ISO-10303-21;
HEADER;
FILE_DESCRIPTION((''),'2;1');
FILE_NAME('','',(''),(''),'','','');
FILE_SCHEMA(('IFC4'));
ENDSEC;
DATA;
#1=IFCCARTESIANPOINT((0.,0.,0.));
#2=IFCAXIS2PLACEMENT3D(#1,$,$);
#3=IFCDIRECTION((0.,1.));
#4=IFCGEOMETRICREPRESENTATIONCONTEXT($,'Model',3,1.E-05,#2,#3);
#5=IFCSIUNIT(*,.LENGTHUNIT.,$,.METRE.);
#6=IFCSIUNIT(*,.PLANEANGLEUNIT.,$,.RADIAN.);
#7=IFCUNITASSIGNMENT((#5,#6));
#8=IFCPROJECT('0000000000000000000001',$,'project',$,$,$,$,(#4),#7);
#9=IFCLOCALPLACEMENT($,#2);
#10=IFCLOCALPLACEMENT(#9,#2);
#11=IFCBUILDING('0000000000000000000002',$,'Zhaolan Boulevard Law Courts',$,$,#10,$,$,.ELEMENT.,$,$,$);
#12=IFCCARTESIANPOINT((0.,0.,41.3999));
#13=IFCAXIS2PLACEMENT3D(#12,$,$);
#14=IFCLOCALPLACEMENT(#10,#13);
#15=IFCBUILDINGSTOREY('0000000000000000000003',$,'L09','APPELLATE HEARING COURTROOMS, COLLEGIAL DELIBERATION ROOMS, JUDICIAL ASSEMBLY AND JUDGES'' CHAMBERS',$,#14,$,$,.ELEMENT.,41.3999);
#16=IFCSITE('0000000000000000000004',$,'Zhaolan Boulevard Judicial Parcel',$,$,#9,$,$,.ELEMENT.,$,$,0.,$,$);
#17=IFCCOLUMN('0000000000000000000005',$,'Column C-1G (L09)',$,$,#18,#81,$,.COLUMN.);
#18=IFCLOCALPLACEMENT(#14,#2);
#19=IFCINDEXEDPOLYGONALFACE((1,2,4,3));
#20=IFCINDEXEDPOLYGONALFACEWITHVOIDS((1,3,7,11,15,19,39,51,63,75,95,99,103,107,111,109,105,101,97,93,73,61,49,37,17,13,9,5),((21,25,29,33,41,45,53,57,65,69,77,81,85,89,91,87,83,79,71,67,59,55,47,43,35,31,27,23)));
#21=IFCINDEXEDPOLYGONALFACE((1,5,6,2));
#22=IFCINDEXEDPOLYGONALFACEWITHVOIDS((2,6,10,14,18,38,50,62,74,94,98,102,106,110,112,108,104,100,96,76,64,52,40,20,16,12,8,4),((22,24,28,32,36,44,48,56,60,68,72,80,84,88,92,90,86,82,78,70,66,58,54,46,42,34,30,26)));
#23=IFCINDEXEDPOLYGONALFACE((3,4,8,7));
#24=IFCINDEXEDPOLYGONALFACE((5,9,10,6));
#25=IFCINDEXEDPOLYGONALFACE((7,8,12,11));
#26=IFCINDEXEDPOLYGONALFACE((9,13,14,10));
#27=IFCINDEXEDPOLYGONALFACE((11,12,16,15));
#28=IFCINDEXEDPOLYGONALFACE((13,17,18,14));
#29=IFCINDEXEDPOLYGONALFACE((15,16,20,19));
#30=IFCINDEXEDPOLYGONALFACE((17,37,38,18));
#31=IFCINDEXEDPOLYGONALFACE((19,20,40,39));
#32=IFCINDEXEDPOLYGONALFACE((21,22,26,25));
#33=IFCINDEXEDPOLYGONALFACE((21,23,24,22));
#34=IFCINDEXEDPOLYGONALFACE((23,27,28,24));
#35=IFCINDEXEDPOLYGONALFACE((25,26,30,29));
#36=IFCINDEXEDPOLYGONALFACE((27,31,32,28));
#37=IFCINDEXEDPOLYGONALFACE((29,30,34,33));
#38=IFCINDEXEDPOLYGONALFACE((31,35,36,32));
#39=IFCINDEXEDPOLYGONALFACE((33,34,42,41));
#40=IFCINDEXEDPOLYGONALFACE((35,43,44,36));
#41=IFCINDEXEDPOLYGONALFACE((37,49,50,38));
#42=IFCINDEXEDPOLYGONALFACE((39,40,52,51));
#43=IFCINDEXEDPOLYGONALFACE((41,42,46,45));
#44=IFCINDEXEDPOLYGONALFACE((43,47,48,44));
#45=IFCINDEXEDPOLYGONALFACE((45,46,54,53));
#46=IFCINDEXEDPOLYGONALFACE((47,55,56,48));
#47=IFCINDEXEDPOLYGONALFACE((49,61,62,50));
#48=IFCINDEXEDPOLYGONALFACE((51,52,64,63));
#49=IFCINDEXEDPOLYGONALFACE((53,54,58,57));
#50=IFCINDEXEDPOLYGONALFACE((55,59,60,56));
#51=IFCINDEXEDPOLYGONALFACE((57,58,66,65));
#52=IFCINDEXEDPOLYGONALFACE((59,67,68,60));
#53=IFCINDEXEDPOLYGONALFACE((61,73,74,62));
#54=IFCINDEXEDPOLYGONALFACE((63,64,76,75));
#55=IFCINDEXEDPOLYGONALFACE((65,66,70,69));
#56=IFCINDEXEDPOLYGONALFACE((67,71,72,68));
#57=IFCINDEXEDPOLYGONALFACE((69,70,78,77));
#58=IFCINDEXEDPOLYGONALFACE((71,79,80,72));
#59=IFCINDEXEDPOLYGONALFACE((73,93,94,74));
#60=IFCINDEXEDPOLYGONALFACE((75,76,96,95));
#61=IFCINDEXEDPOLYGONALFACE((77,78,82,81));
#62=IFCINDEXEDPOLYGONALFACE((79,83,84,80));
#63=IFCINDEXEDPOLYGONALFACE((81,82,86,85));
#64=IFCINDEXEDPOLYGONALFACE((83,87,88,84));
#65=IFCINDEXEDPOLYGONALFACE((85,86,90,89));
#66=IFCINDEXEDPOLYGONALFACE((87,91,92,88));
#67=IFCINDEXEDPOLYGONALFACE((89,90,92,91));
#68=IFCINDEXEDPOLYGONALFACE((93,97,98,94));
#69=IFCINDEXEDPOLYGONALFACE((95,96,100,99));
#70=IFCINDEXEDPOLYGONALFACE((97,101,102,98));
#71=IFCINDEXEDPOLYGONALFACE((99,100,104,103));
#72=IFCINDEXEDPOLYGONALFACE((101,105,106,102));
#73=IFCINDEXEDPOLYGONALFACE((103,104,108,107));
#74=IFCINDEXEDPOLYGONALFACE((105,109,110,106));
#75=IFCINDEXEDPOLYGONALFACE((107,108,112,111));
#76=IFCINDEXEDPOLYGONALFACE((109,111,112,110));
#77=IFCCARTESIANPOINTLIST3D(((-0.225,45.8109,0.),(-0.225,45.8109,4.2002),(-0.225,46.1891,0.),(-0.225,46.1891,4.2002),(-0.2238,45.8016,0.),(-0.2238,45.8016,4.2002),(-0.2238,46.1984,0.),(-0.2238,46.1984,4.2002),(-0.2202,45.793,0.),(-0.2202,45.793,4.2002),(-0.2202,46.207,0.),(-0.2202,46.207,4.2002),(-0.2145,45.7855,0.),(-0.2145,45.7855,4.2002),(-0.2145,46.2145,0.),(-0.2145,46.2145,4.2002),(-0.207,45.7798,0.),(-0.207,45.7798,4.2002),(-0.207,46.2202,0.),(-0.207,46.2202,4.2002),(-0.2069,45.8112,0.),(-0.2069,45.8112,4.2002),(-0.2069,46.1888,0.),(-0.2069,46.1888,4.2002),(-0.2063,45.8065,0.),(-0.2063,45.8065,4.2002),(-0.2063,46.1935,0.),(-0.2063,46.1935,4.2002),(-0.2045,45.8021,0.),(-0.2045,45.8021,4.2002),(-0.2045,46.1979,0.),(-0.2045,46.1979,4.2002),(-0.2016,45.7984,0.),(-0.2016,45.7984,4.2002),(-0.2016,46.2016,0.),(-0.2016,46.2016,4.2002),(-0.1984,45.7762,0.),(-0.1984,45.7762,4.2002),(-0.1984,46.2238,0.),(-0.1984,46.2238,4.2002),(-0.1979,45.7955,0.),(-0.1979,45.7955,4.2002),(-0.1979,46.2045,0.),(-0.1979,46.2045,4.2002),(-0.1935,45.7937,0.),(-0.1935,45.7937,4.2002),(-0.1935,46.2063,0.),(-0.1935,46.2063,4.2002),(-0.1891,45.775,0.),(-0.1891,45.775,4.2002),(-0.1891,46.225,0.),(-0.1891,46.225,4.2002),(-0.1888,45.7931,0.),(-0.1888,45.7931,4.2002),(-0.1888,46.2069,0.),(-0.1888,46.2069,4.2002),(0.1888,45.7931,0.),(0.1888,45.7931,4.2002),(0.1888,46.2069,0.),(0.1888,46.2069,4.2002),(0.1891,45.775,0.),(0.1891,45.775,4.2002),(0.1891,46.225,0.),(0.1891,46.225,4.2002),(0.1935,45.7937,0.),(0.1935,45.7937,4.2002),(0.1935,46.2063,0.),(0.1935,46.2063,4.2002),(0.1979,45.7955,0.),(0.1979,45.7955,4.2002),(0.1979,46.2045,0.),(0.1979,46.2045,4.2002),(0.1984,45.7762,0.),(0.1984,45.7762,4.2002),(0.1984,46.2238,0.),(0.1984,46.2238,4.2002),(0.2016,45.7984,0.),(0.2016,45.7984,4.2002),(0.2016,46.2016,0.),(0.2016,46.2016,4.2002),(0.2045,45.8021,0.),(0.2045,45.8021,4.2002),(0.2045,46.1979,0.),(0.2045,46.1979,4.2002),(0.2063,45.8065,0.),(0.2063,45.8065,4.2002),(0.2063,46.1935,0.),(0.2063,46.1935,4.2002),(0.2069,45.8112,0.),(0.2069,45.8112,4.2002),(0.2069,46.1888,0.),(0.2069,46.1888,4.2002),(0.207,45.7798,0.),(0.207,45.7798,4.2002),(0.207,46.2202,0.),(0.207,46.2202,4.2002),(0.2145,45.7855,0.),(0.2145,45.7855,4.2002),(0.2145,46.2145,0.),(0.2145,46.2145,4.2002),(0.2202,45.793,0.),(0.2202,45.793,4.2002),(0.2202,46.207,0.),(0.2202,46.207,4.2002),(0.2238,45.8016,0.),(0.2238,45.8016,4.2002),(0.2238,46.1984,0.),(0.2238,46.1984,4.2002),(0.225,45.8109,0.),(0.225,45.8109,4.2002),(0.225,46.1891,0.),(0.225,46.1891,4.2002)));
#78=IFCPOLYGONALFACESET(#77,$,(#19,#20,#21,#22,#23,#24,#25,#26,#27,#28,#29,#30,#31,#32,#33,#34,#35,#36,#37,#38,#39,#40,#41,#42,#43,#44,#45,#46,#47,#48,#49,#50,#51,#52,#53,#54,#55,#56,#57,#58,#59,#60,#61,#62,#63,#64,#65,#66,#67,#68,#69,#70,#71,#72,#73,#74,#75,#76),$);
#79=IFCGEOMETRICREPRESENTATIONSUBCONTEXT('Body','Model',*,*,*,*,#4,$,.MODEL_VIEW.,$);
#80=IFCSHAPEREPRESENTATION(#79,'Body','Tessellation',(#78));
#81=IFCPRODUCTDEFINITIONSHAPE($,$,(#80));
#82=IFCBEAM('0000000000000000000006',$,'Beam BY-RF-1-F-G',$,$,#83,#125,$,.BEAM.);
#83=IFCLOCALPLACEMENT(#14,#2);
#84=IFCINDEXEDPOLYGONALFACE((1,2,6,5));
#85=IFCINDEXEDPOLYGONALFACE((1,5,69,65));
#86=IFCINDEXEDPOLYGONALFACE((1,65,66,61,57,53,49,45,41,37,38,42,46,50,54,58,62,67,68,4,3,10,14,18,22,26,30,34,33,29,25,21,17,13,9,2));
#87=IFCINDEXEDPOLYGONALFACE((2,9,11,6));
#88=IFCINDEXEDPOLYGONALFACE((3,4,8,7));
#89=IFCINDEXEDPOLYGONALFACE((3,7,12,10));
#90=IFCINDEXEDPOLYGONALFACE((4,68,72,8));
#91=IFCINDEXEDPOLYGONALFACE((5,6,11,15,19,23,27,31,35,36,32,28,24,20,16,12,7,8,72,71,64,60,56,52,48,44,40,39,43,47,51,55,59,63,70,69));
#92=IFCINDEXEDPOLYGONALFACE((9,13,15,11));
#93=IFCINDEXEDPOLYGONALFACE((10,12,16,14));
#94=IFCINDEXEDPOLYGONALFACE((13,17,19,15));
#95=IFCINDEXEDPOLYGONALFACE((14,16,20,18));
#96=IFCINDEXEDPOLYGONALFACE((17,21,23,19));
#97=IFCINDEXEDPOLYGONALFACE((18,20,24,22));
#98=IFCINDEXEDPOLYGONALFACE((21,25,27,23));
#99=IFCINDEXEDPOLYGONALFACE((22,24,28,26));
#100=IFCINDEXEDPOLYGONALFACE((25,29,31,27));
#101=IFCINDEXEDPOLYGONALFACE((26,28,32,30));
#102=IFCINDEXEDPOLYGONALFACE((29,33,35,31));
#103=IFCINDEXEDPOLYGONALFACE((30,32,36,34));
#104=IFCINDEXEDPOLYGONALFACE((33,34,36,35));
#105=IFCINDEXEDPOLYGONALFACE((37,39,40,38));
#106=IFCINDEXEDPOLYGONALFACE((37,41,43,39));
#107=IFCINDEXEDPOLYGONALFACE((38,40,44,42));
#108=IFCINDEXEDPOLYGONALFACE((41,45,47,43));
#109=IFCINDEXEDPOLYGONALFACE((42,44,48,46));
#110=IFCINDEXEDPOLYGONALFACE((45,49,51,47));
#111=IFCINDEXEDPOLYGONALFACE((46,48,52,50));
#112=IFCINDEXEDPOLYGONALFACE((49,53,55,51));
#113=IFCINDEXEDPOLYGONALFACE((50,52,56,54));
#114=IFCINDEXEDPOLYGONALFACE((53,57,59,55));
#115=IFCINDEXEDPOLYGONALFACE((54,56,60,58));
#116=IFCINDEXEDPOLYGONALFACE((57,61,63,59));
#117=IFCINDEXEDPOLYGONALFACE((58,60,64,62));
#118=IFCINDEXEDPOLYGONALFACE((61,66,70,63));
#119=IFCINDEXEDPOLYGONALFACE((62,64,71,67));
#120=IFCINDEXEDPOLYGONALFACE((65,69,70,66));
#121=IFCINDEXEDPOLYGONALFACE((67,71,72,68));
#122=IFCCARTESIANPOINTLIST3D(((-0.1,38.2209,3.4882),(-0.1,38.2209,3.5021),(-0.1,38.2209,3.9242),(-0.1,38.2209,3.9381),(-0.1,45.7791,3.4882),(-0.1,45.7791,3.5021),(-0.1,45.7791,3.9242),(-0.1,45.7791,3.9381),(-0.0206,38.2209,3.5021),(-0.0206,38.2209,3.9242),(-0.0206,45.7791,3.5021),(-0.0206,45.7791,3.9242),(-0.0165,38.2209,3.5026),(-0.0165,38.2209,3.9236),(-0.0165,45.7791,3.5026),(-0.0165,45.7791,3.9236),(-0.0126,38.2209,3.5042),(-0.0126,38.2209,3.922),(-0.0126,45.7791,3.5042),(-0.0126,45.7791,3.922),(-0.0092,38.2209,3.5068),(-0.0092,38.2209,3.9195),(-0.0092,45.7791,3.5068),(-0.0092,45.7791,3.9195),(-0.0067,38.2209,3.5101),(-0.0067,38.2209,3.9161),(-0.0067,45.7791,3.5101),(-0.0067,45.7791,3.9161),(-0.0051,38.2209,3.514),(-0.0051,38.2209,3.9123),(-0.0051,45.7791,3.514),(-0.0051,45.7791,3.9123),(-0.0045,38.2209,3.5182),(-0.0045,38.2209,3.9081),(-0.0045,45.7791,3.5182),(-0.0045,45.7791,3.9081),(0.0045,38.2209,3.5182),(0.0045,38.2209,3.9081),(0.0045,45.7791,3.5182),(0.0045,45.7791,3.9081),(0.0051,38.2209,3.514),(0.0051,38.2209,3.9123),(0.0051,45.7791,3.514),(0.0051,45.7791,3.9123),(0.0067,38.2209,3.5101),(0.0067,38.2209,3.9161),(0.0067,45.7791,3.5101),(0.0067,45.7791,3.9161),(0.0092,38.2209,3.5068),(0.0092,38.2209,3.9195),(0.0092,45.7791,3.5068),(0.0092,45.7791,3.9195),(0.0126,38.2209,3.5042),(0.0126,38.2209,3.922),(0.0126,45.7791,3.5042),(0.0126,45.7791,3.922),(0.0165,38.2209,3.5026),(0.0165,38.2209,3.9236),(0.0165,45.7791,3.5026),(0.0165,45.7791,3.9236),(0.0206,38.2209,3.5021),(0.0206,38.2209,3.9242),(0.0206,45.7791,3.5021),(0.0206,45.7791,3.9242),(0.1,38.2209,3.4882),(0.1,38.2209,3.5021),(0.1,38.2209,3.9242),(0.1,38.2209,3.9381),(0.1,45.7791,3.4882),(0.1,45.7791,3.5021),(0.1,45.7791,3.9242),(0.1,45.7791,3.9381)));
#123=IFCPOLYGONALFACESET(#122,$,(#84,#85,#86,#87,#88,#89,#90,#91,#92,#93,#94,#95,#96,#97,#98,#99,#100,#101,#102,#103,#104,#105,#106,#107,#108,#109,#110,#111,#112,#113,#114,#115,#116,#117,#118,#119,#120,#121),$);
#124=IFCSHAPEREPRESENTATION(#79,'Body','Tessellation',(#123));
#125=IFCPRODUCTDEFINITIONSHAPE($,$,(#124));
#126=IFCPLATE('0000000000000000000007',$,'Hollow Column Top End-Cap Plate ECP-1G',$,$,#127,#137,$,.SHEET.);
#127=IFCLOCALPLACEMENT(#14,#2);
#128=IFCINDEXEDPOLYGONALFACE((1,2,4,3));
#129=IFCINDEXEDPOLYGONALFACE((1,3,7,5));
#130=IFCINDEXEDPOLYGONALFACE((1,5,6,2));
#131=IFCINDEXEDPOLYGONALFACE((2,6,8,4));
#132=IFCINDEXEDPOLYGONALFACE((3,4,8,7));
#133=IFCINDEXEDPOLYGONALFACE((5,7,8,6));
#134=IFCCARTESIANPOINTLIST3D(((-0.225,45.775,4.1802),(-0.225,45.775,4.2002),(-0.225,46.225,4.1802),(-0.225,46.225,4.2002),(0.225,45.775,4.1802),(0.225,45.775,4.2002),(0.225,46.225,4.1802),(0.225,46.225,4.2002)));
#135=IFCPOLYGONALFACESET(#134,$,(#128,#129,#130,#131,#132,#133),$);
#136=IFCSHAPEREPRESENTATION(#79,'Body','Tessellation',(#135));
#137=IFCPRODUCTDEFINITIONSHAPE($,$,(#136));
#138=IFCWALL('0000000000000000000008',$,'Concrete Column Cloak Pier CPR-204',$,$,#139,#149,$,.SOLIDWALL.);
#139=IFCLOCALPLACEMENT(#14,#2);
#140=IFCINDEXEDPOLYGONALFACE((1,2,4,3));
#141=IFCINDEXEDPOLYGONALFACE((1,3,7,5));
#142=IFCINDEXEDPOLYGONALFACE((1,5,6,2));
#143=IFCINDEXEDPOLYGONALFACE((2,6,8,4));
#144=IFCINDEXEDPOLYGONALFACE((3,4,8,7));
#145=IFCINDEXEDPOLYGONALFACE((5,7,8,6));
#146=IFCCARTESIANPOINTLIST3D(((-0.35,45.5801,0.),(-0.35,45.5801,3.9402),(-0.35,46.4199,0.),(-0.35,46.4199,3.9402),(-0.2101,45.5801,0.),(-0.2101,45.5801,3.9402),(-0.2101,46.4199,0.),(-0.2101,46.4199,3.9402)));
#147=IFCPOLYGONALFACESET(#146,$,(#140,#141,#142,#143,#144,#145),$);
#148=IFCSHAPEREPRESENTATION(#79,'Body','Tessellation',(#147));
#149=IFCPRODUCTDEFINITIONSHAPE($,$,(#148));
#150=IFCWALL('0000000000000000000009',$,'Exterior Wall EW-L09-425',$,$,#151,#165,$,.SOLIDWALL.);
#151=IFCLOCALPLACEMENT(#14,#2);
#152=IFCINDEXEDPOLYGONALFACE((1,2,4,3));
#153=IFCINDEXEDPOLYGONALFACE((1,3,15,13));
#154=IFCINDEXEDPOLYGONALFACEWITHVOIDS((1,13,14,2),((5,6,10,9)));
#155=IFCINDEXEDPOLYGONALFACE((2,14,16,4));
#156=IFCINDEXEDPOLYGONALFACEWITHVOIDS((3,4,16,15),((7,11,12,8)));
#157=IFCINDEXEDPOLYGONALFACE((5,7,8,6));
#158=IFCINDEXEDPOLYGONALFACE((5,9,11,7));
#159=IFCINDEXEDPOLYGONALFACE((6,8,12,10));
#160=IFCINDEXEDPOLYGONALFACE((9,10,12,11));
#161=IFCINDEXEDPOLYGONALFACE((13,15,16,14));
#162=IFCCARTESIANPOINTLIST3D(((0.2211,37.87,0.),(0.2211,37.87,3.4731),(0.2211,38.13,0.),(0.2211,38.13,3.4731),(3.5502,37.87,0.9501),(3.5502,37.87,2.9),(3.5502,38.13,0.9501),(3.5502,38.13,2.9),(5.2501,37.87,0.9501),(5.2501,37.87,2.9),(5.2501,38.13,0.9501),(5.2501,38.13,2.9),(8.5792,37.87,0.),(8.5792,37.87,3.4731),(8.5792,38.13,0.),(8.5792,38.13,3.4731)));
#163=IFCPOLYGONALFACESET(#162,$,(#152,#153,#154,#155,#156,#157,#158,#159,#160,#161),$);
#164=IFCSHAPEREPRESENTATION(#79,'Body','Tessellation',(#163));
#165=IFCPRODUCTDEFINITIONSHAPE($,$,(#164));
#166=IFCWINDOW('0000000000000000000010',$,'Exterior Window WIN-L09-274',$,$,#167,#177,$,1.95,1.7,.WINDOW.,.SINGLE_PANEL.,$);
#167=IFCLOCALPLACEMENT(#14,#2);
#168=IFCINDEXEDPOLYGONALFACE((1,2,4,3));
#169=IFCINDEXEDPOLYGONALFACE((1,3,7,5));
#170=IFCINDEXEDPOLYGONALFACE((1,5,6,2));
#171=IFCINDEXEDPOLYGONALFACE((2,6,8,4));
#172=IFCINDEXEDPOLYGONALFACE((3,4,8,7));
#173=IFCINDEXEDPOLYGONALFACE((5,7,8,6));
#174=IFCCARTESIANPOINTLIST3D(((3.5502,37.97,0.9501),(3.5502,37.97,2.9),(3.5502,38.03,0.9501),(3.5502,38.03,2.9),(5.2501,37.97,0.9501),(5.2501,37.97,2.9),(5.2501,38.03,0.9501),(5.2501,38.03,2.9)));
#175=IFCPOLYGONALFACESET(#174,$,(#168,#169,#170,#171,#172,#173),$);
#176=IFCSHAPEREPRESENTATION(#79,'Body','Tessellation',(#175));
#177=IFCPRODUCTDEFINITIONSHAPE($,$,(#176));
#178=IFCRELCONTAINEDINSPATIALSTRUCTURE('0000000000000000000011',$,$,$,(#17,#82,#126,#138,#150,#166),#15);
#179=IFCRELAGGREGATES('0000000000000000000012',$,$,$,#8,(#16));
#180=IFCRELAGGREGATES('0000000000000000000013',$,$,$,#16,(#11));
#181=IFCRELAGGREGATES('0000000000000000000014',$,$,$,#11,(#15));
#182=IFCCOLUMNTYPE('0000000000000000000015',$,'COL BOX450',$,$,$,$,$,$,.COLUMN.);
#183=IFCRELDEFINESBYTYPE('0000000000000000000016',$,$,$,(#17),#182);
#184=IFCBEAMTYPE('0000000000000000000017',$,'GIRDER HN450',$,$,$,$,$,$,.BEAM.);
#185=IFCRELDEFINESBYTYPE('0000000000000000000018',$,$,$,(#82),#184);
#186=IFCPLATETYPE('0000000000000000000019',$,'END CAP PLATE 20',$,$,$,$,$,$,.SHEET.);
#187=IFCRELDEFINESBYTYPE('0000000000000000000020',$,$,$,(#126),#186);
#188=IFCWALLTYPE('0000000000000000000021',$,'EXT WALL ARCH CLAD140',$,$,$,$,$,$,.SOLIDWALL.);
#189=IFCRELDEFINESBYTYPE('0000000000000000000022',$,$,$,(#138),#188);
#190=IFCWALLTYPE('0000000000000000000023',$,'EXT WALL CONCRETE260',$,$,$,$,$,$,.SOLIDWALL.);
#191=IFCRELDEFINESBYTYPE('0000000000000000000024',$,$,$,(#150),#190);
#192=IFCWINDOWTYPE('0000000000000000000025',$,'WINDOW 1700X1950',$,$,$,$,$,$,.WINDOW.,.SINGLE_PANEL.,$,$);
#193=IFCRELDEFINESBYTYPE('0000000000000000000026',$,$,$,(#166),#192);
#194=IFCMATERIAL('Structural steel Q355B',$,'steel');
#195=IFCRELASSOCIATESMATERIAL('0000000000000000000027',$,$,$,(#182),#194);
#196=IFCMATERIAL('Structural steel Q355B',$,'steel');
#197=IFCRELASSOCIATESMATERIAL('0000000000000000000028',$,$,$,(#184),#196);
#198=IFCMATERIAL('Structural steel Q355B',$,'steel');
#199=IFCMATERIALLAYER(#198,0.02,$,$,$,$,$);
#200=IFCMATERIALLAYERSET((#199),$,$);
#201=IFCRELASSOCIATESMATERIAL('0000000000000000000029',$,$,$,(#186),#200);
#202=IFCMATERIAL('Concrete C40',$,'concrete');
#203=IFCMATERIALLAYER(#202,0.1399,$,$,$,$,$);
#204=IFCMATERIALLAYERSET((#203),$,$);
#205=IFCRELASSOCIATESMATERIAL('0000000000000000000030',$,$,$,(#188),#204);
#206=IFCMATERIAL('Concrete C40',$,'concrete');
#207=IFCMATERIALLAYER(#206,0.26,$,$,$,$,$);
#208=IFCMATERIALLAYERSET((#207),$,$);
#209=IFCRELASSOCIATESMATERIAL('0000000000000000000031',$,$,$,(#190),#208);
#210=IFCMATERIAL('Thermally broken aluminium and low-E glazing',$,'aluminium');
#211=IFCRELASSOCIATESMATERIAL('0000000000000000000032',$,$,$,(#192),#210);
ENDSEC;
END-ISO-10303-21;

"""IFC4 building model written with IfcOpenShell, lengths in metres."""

from ifc_helpers import new_model, si_unit, direction, frame, frame_2d, origin, origin_2d, place, context, subcontext, project, spatial, rectangle, hollow_rectangle, i_section, extrude, material, layer, layer_set, material_profile, profile_set, type_object, element, fill, save


model = new_model("IFC4")

# Units and contexts
model_context = context("Model", 3, precision=1e-05, world=origin(), true_north=direction((0.0, 1.0)))
body_context = subcontext(model_context, "Body", "Model", "MODEL_VIEW")
ifc_project = project(units=[si_unit("LENGTHUNIT", "METRE"), si_unit("PLANEANGLEUNIT", "RADIAN")], contexts=[model_context])

# Site, building, storey
site_placement = place(None, origin())
site = spatial("IfcSite", under=ifc_project, at=site_placement, Name="Zhaolan Boulevard Judicial Parcel", CompositionType="ELEMENT", RefElevation=0.0)
building_placement = place(site_placement, origin())
building = spatial("IfcBuilding", under=site, at=building_placement, Name="Zhaolan Boulevard Law Courts", CompositionType="ELEMENT")
storey_placement = place(building_placement, frame((0.0, 0.0, 41.3999)))
storey = spatial("IfcBuildingStorey", under=building, at=storey_placement, Name="L09", Description="APPELLATE HEARING COURTROOMS, COLLEGIAL DELIBERATION ROOMS, JUDICIAL ASSEMBLY AND JUDGES' CHAMBERS", CompositionType="ELEMENT", Elevation=41.3999)

# Column
ifc_material_1 = material(Name="Structural steel Q355B", Category="steel")
ifc_material_profile_1 = material_profile(ifc_material_1, hollow_rectangle(XDim=0.45, YDim=0.45, WallThickness=0.0181, InnerFilletRadius=0.0181, OuterFilletRadius=0.0359, at=origin_2d()), Name="BOX450x450x18")
ifc_profile_set_1 = profile_set([ifc_material_profile_1], Name="Structural steel Q355B")
column_type = type_object("IfcColumnType", Name="COL BOX450", PredefinedType="COLUMN", material=ifc_profile_set_1)
column_placement = place(storey_placement, frame((0.0, 46.0, 0.0), z_axis=(0.0, 0.0, 1.0), x_axis=(1.0, 0.0, 0.0)))
element("IfcColumn", 1, at=column_placement, inside=storey, type_object=column_type, Name="Column C-1G (L09)", PredefinedType="COLUMN", context=body_context, shape_type="SweptSolid", body=[
    extrude(hollow_rectangle(XDim=0.45, YDim=0.45, WallThickness=0.0181, InnerFilletRadius=0.0181, OuterFilletRadius=0.0359, at=origin_2d()), origin(), (0.0, 0.0, 1.0), 4.2002),
])

# Beam
ifc_material_2 = material(Name="Structural steel Q355B", Category="steel")
ifc_material_profile_2 = material_profile(ifc_material_2, i_section(OverallWidth=0.2, OverallDepth=0.45, WebThickness=0.009, FlangeThickness=0.0139, FilletRadius=0.0161, at=origin_2d()), Name="HN450x200")
ifc_profile_set_2 = profile_set([ifc_material_profile_2], Name="Structural steel Q355B")
beam_type = type_object("IfcBeamType", Name="GIRDER HN450", PredefinedType="BEAM", material=ifc_profile_set_2)
beam_placement = place(storey_placement, frame((0.0, 38.2209, 3.7131), z_axis=(0.0, 1.0, 0.0), x_axis=(-1.0, 0.0, 0.0)))
element("IfcBeam", 2, at=beam_placement, inside=storey, type_object=beam_type, Name="Beam BY-RF-1-F-G", PredefinedType="BEAM", context=body_context, shape_type="SweptSolid", body=[
    extrude(i_section(OverallWidth=0.2, OverallDepth=0.45, WebThickness=0.009, FlangeThickness=0.0139, FilletRadius=0.0161, at=origin_2d()), origin(), (0.0, 0.0, 1.0), 7.5581),
])

# Plate
ifc_material_3 = material(Name="Structural steel Q355B", Category="steel")
ifc_layer_1 = layer(ifc_material_3, 0.02)
ifc_layer_set_1 = layer_set([ifc_layer_1])
plate_type = type_object("IfcPlateType", Name="END CAP PLATE 20", PredefinedType="SHEET", material=ifc_layer_set_1)
plate_placement = place(storey_placement, frame((0.0, 46.0, 4.1802), z_axis=(0.0, 0.0, 1.0), x_axis=(1.0, 0.0, 0.0)))
element("IfcPlate", 3, at=plate_placement, inside=storey, type_object=plate_type, Name="Hollow Column Top End-Cap Plate ECP-1G", PredefinedType="SHEET", context=body_context, shape_type="SweptSolid", body=[
    extrude(rectangle(XDim=0.45, YDim=0.45, at=origin_2d()), origin(), (0.0, 0.0, 1.0), 0.02),
])

# Wall
ifc_material_4 = material(Name="Concrete C40", Category="concrete")
ifc_layer_2 = layer(ifc_material_4, 0.1399)
ifc_layer_set_2 = layer_set([ifc_layer_2])
wall_type_1 = type_object("IfcWallType", Name="EXT WALL ARCH CLAD140", PredefinedType="SOLIDWALL", material=ifc_layer_set_2)
wall_1_placement = place(storey_placement, frame((-0.28, 45.5801, 0.0), z_axis=(0.0, 0.0, 1.0), x_axis=(0.0, 1.0, 0.0)))
element("IfcWall", 4, at=wall_1_placement, inside=storey, type_object=wall_type_1, Name="Concrete Column Cloak Pier CPR-204", PredefinedType="SOLIDWALL", context=body_context, shape_type="SweptSolid", body=[
    extrude(rectangle(XDim=0.8398, YDim=0.1399, at=frame_2d((0.4199, 0.0))), origin(), (0.0, 0.0, 1.0), 3.9402),
])

# Wall, opening, window
ifc_material_5 = material(Name="Concrete C40", Category="concrete")
ifc_layer_3 = layer(ifc_material_5, 0.26)
ifc_layer_set_3 = layer_set([ifc_layer_3])
wall_type_2 = type_object("IfcWallType", Name="EXT WALL CONCRETE260", PredefinedType="SOLIDWALL", material=ifc_layer_set_3)
wall_2_placement = place(storey_placement, frame((0.2209, 38.0, 0.0), z_axis=(0.0, 0.0, 1.0), x_axis=(1.0, 0.0, 0.0)))
wall_2 = element("IfcWall", 5, at=wall_2_placement, inside=storey, type_object=wall_type_2, Name="Exterior Wall EW-L09-425", PredefinedType="SOLIDWALL", context=body_context, shape_type="SweptSolid", body=[
    extrude(rectangle(XDim=8.3582, YDim=0.26, at=frame_2d((4.1792, 0.0))), origin(), (0.0, 0.0, 1.0), 3.4731),
])
opening_1_placement = place(wall_2_placement, frame((3.3291, 0.0, 0.95)))
opening_1 = element("IfcOpeningElement", 6, at=opening_1_placement, cuts=wall_2, PredefinedType="OPENING", context=body_context, shape_type="SweptSolid", body=[
    extrude(rectangle(XDim=1.7, YDim=1.95, at=frame_2d((0.8501, 0.9751))), frame((0.0, 0.1399, 0.0), z_axis=(0.0, -1.0, 0.0), x_axis=(1.0, 0.0, 0.0)), (0.0, 0.0, 1.0), 0.28),
])
ifc_material_6 = material(Name="Thermally broken aluminium and low-E glazing", Category="aluminium")
window_type_1 = type_object("IfcWindowType", Name="WINDOW 1700X1950", PartitioningType="SINGLE_PANEL", PredefinedType="WINDOW", material=ifc_material_6)
window_1_placement = place(opening_1_placement, origin())
window_1 = element("IfcWindow", 7, at=window_1_placement, inside=storey, type_object=window_type_1, Name="Exterior Window WIN-L09-274", OverallHeight=1.95, OverallWidth=1.7, PartitioningType="SINGLE_PANEL", PredefinedType="WINDOW", context=body_context, shape_type="SweptSolid", body=[
    extrude(rectangle(XDim=1.7, YDim=1.95, at=frame_2d((0.8501, 0.9751))), frame((0.0, 0.03, 0.0), z_axis=(0.0, -1.0, 0.0), x_axis=(1.0, 0.0, 0.0)), (0.0, 0.0, 1.0), 0.0601),
])
fill(opening_1, window_1)

save(model, "model.ifc")
